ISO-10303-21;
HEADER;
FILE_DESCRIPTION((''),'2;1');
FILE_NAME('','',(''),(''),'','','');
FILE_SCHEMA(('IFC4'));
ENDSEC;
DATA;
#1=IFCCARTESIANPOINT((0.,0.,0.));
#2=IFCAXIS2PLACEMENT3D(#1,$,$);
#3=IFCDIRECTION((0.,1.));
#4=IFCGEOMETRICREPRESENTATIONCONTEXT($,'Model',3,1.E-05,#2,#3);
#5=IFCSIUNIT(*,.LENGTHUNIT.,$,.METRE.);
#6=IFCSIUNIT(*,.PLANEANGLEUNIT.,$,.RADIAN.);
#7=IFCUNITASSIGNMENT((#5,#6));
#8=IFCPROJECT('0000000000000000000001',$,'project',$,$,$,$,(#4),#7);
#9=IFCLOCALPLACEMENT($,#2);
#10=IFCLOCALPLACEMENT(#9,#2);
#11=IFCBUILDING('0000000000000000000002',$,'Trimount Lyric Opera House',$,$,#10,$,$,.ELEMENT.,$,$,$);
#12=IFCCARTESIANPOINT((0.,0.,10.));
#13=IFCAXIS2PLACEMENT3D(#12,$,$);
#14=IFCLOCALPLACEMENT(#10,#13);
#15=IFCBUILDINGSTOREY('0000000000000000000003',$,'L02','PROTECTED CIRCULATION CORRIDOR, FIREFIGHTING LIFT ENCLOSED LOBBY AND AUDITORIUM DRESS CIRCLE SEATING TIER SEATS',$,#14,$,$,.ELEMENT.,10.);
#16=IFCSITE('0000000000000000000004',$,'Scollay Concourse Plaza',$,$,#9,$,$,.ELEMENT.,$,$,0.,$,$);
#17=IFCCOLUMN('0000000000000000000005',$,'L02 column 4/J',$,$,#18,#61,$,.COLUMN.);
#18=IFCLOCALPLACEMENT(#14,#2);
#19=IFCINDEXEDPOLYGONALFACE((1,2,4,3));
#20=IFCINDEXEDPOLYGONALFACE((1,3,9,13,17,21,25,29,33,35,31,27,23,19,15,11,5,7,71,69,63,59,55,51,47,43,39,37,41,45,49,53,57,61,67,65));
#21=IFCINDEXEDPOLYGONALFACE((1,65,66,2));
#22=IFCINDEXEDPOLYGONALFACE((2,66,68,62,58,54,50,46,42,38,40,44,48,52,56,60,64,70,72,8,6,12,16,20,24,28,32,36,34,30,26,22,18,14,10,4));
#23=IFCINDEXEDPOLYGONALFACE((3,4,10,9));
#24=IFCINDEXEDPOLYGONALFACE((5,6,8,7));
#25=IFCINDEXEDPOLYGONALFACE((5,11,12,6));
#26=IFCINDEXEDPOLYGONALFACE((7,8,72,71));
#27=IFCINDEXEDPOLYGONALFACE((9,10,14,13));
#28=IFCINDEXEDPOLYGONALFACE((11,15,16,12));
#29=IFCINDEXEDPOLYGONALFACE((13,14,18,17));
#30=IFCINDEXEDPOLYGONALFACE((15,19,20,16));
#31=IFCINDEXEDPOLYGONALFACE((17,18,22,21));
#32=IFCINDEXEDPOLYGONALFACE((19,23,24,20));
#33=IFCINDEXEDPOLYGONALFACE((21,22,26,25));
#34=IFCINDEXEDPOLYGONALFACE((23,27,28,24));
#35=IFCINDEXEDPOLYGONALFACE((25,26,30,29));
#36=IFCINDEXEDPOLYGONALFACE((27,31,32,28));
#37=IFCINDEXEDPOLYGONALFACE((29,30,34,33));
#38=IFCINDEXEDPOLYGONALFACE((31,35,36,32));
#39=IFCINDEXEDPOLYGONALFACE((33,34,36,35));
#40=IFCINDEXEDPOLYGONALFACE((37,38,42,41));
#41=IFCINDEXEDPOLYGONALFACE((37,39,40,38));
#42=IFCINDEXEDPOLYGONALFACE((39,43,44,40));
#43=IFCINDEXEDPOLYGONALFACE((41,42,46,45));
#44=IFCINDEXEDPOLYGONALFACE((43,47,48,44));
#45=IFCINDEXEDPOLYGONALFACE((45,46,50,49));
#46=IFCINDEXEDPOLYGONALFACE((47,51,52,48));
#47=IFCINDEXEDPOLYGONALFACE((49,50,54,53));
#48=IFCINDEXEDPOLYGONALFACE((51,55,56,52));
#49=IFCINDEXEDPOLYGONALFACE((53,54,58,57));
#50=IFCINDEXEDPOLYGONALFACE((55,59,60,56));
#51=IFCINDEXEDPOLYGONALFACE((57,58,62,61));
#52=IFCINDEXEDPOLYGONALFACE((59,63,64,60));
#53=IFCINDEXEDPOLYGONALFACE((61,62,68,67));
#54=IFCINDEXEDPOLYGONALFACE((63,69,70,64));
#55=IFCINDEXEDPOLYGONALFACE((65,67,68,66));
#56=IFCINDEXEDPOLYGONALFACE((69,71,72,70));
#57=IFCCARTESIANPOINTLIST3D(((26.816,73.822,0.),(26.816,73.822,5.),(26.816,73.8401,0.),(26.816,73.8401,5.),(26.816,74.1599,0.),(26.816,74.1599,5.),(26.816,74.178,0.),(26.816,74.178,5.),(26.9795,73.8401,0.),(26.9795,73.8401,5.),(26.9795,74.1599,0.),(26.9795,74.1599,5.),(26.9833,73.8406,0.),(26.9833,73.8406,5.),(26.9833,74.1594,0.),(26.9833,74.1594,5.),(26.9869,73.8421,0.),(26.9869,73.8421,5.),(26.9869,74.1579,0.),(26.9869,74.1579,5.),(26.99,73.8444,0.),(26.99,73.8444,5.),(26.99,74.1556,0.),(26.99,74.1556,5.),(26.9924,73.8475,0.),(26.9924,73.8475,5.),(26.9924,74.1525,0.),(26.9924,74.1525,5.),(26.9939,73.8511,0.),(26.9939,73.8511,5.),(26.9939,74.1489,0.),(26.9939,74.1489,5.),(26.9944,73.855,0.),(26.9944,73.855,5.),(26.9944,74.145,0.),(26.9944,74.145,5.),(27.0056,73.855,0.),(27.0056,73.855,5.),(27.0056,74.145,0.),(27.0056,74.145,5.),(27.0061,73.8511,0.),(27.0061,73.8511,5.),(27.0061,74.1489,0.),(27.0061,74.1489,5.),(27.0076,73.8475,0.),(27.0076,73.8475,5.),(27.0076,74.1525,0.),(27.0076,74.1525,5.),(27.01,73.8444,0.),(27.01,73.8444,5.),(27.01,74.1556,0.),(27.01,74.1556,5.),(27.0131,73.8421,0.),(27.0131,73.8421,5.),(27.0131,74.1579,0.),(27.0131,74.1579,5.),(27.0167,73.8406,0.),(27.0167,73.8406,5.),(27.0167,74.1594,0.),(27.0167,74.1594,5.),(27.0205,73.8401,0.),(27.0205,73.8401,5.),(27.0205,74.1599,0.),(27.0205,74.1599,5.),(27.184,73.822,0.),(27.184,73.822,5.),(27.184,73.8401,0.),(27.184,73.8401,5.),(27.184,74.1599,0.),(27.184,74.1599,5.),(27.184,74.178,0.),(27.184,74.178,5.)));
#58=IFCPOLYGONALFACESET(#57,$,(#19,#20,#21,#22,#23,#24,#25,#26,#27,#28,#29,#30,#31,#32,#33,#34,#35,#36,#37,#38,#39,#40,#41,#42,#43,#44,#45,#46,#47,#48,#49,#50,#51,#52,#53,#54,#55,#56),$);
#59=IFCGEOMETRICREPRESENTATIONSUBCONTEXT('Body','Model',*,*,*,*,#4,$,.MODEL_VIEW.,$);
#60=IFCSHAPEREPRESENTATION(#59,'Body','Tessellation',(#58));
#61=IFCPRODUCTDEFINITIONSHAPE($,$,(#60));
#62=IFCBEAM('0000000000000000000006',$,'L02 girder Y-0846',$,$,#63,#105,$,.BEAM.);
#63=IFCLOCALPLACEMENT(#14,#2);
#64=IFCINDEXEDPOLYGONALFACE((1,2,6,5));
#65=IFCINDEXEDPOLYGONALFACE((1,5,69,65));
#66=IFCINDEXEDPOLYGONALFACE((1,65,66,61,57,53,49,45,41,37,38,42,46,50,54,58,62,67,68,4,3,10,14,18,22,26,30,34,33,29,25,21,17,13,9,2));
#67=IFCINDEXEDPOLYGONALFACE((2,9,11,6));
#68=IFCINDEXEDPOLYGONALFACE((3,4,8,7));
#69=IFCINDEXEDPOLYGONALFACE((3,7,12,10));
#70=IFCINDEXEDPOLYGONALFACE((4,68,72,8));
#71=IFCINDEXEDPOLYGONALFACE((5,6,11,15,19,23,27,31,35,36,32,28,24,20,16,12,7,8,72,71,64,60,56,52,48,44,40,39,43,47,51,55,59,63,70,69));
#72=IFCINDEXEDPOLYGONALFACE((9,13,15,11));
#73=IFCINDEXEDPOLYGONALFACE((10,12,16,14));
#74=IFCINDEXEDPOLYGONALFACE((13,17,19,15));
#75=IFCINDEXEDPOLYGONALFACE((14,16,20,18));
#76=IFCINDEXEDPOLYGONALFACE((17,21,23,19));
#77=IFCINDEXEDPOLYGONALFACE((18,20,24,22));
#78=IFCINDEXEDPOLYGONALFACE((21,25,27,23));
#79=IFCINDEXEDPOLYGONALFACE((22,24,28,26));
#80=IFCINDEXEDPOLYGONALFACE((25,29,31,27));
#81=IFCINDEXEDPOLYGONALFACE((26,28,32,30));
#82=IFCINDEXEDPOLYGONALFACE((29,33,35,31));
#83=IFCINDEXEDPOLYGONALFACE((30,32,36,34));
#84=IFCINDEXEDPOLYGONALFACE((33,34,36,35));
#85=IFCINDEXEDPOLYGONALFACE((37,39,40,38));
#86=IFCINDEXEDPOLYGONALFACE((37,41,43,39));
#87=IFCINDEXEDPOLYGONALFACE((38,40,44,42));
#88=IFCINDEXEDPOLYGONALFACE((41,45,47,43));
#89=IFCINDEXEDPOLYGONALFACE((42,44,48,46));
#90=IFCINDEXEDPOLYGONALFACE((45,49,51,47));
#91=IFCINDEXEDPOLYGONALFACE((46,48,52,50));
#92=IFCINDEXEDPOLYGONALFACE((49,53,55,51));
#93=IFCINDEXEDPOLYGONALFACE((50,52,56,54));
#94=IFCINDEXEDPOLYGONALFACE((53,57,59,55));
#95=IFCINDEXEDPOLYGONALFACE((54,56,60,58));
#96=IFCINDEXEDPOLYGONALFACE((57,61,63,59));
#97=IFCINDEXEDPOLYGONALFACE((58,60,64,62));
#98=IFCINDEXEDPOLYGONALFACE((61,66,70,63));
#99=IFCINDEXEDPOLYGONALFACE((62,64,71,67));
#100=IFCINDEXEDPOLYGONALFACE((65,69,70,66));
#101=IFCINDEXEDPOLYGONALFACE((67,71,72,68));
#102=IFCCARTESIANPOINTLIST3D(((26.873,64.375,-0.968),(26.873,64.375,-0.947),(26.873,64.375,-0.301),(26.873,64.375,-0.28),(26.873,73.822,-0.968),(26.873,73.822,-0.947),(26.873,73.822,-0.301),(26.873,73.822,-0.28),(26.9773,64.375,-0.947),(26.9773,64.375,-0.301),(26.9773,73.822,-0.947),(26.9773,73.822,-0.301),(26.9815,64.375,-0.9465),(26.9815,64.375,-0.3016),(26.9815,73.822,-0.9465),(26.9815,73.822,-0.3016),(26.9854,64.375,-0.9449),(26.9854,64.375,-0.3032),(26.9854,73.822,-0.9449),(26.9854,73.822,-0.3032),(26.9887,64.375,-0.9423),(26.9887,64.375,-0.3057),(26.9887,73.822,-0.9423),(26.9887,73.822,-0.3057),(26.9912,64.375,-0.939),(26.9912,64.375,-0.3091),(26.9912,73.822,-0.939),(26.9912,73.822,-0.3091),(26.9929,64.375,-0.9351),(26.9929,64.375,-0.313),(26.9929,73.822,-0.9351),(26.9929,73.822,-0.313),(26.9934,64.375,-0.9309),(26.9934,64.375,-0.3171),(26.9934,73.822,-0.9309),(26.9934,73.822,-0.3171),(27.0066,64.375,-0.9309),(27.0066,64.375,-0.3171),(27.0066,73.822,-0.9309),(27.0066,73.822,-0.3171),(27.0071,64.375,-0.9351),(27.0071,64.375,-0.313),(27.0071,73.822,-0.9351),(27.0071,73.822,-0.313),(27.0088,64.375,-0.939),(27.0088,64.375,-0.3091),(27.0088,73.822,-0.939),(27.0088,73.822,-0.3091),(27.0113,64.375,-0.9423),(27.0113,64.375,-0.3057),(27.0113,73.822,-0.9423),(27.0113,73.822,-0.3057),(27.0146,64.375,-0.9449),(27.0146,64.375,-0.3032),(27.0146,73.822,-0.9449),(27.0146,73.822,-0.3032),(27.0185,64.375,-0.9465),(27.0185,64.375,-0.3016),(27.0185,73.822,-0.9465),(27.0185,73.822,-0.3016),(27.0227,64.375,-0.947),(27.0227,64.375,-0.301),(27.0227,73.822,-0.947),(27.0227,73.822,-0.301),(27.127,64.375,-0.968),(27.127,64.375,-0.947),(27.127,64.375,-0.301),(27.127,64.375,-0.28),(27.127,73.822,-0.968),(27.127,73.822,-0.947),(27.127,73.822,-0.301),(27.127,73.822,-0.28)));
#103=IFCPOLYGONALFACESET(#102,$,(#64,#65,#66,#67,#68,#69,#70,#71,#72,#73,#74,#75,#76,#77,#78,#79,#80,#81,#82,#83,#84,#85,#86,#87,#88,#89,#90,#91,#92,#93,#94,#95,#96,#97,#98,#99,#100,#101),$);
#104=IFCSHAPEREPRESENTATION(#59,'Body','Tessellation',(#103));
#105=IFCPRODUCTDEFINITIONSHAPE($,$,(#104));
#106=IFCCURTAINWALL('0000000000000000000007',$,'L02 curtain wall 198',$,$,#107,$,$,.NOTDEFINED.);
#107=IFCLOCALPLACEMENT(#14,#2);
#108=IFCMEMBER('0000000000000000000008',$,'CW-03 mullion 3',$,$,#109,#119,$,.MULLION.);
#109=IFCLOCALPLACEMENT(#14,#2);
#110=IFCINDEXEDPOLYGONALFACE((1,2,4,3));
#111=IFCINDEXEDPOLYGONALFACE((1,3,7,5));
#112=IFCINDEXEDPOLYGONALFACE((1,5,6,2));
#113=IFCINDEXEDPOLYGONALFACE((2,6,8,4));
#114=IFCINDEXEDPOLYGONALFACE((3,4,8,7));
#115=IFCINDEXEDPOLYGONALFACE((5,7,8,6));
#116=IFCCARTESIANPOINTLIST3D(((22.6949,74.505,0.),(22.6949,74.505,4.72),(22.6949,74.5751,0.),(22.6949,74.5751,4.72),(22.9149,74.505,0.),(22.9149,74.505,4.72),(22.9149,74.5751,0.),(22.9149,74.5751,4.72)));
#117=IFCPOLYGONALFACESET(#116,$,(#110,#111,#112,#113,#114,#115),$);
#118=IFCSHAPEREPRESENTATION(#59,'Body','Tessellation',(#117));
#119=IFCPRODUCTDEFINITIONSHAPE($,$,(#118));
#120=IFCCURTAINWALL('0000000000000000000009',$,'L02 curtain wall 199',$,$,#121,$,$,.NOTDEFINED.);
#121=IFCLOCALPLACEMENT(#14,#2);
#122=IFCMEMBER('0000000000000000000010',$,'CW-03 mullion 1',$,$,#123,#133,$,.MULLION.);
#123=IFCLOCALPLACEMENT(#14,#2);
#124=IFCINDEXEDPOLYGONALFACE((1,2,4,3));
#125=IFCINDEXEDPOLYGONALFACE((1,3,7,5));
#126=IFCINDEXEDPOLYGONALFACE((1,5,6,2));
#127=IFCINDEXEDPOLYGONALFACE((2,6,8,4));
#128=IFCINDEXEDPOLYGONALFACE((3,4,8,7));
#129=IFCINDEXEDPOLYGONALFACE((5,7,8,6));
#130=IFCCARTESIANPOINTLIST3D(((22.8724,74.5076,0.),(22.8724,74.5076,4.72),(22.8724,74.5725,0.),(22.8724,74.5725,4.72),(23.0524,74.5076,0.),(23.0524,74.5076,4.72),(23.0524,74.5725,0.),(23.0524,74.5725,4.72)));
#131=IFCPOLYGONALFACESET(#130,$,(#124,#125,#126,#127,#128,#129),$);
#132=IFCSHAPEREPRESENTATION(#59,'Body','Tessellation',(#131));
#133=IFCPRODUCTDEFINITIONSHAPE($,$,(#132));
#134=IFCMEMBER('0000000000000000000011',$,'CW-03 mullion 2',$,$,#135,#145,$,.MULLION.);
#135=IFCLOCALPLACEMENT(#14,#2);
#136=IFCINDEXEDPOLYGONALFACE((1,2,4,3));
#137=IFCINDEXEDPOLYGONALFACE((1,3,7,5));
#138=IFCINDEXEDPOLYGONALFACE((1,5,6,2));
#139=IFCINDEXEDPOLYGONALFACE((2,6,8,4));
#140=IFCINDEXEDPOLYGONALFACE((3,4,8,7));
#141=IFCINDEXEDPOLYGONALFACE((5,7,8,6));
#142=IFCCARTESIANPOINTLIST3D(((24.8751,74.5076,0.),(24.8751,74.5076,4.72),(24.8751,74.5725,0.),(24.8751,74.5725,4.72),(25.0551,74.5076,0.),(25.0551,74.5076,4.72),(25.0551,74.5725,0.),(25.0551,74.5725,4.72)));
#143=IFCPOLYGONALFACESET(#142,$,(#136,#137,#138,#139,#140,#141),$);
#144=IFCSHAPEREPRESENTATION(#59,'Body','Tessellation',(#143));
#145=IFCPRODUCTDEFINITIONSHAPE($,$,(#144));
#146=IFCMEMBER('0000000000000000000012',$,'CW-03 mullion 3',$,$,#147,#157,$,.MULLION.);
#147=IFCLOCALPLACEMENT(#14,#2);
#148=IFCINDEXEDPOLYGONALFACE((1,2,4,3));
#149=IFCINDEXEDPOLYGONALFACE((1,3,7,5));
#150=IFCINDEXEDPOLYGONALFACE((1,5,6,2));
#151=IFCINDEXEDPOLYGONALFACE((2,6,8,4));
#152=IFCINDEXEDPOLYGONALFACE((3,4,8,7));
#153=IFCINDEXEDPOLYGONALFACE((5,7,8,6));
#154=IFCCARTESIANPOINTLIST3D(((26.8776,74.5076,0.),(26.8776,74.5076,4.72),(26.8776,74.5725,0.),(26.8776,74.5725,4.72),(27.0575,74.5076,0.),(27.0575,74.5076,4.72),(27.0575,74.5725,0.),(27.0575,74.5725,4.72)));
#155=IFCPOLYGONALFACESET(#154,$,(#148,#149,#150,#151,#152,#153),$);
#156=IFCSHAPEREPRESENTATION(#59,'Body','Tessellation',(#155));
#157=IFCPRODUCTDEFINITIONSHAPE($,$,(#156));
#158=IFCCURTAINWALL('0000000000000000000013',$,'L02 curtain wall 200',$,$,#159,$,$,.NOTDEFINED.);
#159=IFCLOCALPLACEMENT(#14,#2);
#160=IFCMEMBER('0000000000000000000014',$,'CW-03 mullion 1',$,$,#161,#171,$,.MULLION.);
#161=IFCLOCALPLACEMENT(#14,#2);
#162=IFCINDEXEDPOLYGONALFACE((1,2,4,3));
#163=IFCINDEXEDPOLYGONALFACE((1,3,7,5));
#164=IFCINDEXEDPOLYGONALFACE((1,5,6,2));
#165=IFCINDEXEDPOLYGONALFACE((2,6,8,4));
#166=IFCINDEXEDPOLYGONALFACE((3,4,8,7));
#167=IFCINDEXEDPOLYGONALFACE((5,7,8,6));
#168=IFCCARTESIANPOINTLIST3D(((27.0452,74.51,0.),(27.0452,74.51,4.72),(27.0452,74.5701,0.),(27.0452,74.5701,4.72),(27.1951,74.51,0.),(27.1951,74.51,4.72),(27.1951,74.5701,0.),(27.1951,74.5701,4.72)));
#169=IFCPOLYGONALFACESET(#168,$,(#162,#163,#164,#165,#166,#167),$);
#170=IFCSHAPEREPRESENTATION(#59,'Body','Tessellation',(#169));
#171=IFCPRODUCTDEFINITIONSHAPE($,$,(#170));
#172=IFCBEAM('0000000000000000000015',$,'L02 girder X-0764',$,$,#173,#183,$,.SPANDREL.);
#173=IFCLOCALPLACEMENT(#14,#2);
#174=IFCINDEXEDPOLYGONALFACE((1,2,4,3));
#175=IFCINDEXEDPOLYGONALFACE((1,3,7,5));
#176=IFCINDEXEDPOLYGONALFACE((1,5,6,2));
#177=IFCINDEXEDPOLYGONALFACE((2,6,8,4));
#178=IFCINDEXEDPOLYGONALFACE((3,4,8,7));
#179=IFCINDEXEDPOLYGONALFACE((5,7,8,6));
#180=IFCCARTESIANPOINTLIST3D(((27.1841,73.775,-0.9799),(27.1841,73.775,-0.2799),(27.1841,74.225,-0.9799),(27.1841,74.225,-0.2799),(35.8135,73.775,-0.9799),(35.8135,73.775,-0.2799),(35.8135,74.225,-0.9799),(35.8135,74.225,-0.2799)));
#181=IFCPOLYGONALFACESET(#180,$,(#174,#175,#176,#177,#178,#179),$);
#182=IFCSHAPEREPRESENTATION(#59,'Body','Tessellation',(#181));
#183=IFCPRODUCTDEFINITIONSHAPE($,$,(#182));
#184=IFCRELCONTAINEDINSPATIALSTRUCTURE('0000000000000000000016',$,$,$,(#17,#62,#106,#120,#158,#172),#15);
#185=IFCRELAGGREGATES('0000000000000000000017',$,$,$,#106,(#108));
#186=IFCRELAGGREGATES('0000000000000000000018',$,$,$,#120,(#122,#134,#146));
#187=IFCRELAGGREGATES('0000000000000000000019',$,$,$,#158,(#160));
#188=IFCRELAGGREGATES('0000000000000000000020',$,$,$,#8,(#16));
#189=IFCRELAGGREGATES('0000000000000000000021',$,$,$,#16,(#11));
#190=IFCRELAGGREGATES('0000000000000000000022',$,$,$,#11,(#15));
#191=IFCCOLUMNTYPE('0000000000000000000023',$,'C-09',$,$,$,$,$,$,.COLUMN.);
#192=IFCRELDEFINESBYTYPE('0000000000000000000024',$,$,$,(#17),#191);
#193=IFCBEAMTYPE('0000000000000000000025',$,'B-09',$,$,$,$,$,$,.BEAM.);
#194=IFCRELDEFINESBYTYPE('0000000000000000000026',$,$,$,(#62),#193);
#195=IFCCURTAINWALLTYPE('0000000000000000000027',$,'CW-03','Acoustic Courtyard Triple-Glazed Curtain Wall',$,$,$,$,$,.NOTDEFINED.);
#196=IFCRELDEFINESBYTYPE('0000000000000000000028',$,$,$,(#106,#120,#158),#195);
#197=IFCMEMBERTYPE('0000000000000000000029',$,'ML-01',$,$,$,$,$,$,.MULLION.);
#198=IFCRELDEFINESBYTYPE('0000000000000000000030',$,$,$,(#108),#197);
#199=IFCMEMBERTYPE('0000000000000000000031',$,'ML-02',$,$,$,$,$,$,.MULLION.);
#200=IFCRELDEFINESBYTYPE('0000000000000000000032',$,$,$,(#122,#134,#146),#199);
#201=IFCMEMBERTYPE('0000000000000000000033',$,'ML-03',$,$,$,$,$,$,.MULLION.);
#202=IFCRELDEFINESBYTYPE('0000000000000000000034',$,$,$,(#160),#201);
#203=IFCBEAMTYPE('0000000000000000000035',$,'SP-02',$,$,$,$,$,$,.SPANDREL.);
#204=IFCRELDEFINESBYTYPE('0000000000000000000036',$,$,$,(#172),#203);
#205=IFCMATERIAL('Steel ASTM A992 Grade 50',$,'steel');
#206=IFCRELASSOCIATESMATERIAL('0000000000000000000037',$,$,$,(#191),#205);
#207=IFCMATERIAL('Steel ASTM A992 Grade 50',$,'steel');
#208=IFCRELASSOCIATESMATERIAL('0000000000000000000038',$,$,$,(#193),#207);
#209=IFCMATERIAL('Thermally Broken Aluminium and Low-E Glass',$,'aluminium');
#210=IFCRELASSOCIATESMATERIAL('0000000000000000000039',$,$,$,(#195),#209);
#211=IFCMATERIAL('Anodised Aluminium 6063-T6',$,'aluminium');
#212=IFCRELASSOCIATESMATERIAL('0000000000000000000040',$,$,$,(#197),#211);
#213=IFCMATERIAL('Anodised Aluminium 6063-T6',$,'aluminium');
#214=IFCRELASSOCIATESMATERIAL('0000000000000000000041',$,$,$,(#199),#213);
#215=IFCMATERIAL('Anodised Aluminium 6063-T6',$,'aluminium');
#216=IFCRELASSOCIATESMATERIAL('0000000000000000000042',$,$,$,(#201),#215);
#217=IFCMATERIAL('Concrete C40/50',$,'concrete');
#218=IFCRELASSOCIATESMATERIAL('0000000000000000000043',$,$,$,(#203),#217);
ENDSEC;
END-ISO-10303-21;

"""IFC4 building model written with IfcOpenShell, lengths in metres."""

from ifc_helpers import new_model, si_unit, direction, frame, origin, origin_2d, place, context, subcontext, project, spatial, rectangle, i_section, extrude, material, material_profile, profile_set, type_object, element, aggregate, save


model = new_model("IFC4")

# Units and contexts
model_context = context("Model", 3, precision=1e-05, world=origin(), true_north=direction((0.0, 1.0)))
body_context = subcontext(model_context, "Body", "Model", "MODEL_VIEW")
ifc_project = project(units=[si_unit("LENGTHUNIT", "METRE"), si_unit("PLANEANGLEUNIT", "RADIAN")], contexts=[model_context])

# Site, building, storey
site_placement = place(None, origin())
site = spatial("IfcSite", under=ifc_project, at=site_placement, Name="Scollay Concourse Plaza", CompositionType="ELEMENT", RefElevation=0.0)
building_placement = place(site_placement, origin())
building = spatial("IfcBuilding", under=site, at=building_placement, Name="Trimount Lyric Opera House", CompositionType="ELEMENT")
storey_placement = place(building_placement, frame((0.0, 0.0, 10.0)))
storey = spatial("IfcBuildingStorey", under=building, at=storey_placement, Name="L02", Description="PROTECTED CIRCULATION CORRIDOR, FIREFIGHTING LIFT ENCLOSED LOBBY AND AUDITORIUM DRESS CIRCLE SEATING TIER SEATS", CompositionType="ELEMENT", Elevation=10.0)

# Column
ifc_material_1 = material(Name="Steel ASTM A992 Grade 50", Category="steel")
ifc_material_profile_1 = material_profile(ifc_material_1, i_section(OverallWidth=0.3679, OverallDepth=0.356, WebThickness=0.0112, FlangeThickness=0.0181, FilletRadius=0.0149, at=origin_2d()), Name="W14X90")
ifc_profile_set_1 = profile_set([ifc_material_profile_1], Name="Steel ASTM A992 Grade 50")
column_type = type_object("IfcColumnType", Name="C-09", PredefinedType="COLUMN", material=ifc_profile_set_1)
column_placement = place(storey_placement, frame((27.0, 74.0, 0.0), z_axis=(0.0, 0.0, 1.0), x_axis=(1.0, 0.0, 0.0)))
element("IfcColumn", 1, at=column_placement, inside=storey, type_object=column_type, Name="L02 column 4/J", PredefinedType="COLUMN", context=body_context, shape_type="SweptSolid", body=[
    extrude(i_section(OverallWidth=0.3679, OverallDepth=0.356, WebThickness=0.0112, FlangeThickness=0.0181, FilletRadius=0.0149, at=origin_2d()), origin(), (0.0, 0.0, 1.0), 5.0),
])

# Beam
ifc_material_2 = material(Name="Steel ASTM A992 Grade 50", Category="steel")
ifc_material_profile_2 = material_profile(ifc_material_2, i_section(OverallWidth=0.2539, OverallDepth=0.688, WebThickness=0.0132, FlangeThickness=0.021, FilletRadius=0.0161, at=origin_2d()), Name="W27X102")
ifc_profile_set_2 = profile_set([ifc_material_profile_2], Name="Steel ASTM A992 Grade 50")
beam_type_1 = type_object("IfcBeamType", Name="B-09", PredefinedType="BEAM", material=ifc_profile_set_2)
beam_1_placement = place(storey_placement, frame((27.0, 64.375, -0.624), z_axis=(0.0, 1.0, 0.0), x_axis=(-1.0, 0.0, 0.0)))
element("IfcBeam", 2, at=beam_1_placement, inside=storey, type_object=beam_type_1, Name="L02 girder Y-0846", PredefinedType="BEAM", context=body_context, shape_type="SweptSolid", body=[
    extrude(i_section(OverallWidth=0.2539, OverallDepth=0.688, WebThickness=0.0132, FlangeThickness=0.021, FilletRadius=0.0161, at=origin_2d()), origin(), (0.0, 0.0, 1.0), 9.447),
])

# Curtain wall, member
ifc_material_3 = material(Name="Thermally Broken Aluminium and Low-E Glass", Category="aluminium")
curtain_wall_type = type_object("IfcCurtainWallType", Name="CW-03", Description="Acoustic Courtyard Triple-Glazed Curtain Wall", PredefinedType="NOTDEFINED", material=ifc_material_3)
curtain_wall_1_placement = place(storey_placement, origin())
curtain_wall_1 = element("IfcCurtainWall", 3, at=curtain_wall_1_placement, inside=storey, type_object=curtain_wall_type, Name="L02 curtain wall 198", PredefinedType="NOTDEFINED")
ifc_material_4 = material(Name="Anodised Aluminium 6063-T6", Category="aluminium")
ifc_material_profile_3 = material_profile(ifc_material_4, rectangle(XDim=0.0701, YDim=0.22, at=origin_2d()), Name="ALU-MULL-70X220")
ifc_profile_set_3 = profile_set([ifc_material_profile_3], Name="Anodised Aluminium 6063-T6")
member_type_1 = type_object("IfcMemberType", Name="ML-01", PredefinedType="MULLION", material=ifc_profile_set_3)
member_1_placement = place(storey_placement, frame((22.8049, 74.54, 0.0), z_axis=(0.0, 0.0, 1.0), x_axis=(0.0, 1.0, 0.0)))
member_1 = element("IfcMember", 4, at=member_1_placement, type_object=member_type_1, Name="CW-03 mullion 3", PredefinedType="MULLION", context=body_context, shape_type="SweptSolid", body=[
    extrude(rectangle(XDim=0.0701, YDim=0.22, at=origin_2d()), origin(), (0.0, 0.0, 1.0), 4.72),
])

# Curtain wall, members
curtain_wall_2_placement = place(storey_placement, origin())
curtain_wall_2 = element("IfcCurtainWall", 5, at=curtain_wall_2_placement, inside=storey, type_object=curtain_wall_type, Name="L02 curtain wall 199", PredefinedType="NOTDEFINED")
ifc_material_5 = material(Name="Anodised Aluminium 6063-T6", Category="aluminium")
ifc_material_profile_4 = material_profile(ifc_material_5, rectangle(XDim=0.0649, YDim=0.1799, at=origin_2d()), Name="ALU-MULL-65X180")
ifc_profile_set_4 = profile_set([ifc_material_profile_4], Name="Anodised Aluminium 6063-T6")
member_type_2 = type_object("IfcMemberType", Name="ML-02", PredefinedType="MULLION", material=ifc_profile_set_4)
member_2_placement = place(storey_placement, frame((22.9624, 74.54, 0.0), z_axis=(0.0, 0.0, 1.0), x_axis=(0.0, 1.0, 0.0)))
member_2 = element("IfcMember", 6, at=member_2_placement, type_object=member_type_2, Name="CW-03 mullion 1", PredefinedType="MULLION", context=body_context, shape_type="SweptSolid", body=[
    extrude(rectangle(XDim=0.0649, YDim=0.1799, at=origin_2d()), origin(), (0.0, 0.0, 1.0), 4.72),
])
member_3_placement = place(storey_placement, frame((24.9651, 74.54, 0.0), z_axis=(0.0, 0.0, 1.0), x_axis=(0.0, 1.0, 0.0)))
member_3 = element("IfcMember", 7, at=member_3_placement, type_object=member_type_2, Name="CW-03 mullion 2", PredefinedType="MULLION", context=body_context, shape_type="SweptSolid", body=[
    extrude(rectangle(XDim=0.0649, YDim=0.1799, at=origin_2d()), origin(), (0.0, 0.0, 1.0), 4.72),
])
member_4_placement = place(storey_placement, frame((26.9675, 74.54, 0.0), z_axis=(0.0, 0.0, 1.0), x_axis=(0.0, 1.0, 0.0)))
member_4 = element("IfcMember", 8, at=member_4_placement, type_object=member_type_2, Name="CW-03 mullion 3", PredefinedType="MULLION", context=body_context, shape_type="SweptSolid", body=[
    extrude(rectangle(XDim=0.0649, YDim=0.1799, at=origin_2d()), origin(), (0.0, 0.0, 1.0), 4.72),
])

# Curtain wall, member
curtain_wall_3_placement = place(storey_placement, origin())
curtain_wall_3 = element("IfcCurtainWall", 9, at=curtain_wall_3_placement, inside=storey, type_object=curtain_wall_type, Name="L02 curtain wall 200", PredefinedType="NOTDEFINED")
ifc_material_6 = material(Name="Anodised Aluminium 6063-T6", Category="aluminium")
ifc_material_profile_5 = material_profile(ifc_material_6, rectangle(XDim=0.0601, YDim=0.1499, at=origin_2d()), Name="ALU-MULL-60X150")
ifc_profile_set_5 = profile_set([ifc_material_profile_5], Name="Anodised Aluminium 6063-T6")
member_type_3 = type_object("IfcMemberType", Name="ML-03", PredefinedType="MULLION", material=ifc_profile_set_5)
member_5_placement = place(storey_placement, frame((27.1201, 74.54, 0.0), z_axis=(0.0, 0.0, 1.0), x_axis=(0.0, 1.0, 0.0)))
member_5 = element("IfcMember", 10, at=member_5_placement, type_object=member_type_3, Name="CW-03 mullion 1", PredefinedType="MULLION", context=body_context, shape_type="SweptSolid", body=[
    extrude(rectangle(XDim=0.0601, YDim=0.1499, at=origin_2d()), origin(), (0.0, 0.0, 1.0), 4.72),
])

# Beam
ifc_material_7 = material(Name="Concrete C40/50", Category="concrete")
ifc_material_profile_6 = material_profile(ifc_material_7, rectangle(XDim=0.45, YDim=0.7, at=origin_2d()), Name="RC450X700")
ifc_profile_set_6 = profile_set([ifc_material_profile_6], Name="Concrete C40/50")
beam_type_2 = type_object("IfcBeamType", Name="SP-02", PredefinedType="SPANDREL", material=ifc_profile_set_6)
beam_2_placement = place(storey_placement, frame((27.1841, 74.0, -0.6299), z_axis=(1.0, 0.0, 0.0), x_axis=(0.0, 1.0, 0.0)))
element("IfcBeam", 11, at=beam_2_placement, inside=storey, type_object=beam_type_2, Name="L02 girder X-0764", PredefinedType="SPANDREL", context=body_context, shape_type="SweptSolid", body=[
    extrude(rectangle(XDim=0.45, YDim=0.7, at=origin_2d()), origin(), (0.0, 0.0, 1.0), 8.6294),
])

aggregate(curtain_wall_1, [member_1])
aggregate(curtain_wall_2, [member_2, member_3, member_4])
aggregate(curtain_wall_3, [member_5])

save(model, "model.ifc")
